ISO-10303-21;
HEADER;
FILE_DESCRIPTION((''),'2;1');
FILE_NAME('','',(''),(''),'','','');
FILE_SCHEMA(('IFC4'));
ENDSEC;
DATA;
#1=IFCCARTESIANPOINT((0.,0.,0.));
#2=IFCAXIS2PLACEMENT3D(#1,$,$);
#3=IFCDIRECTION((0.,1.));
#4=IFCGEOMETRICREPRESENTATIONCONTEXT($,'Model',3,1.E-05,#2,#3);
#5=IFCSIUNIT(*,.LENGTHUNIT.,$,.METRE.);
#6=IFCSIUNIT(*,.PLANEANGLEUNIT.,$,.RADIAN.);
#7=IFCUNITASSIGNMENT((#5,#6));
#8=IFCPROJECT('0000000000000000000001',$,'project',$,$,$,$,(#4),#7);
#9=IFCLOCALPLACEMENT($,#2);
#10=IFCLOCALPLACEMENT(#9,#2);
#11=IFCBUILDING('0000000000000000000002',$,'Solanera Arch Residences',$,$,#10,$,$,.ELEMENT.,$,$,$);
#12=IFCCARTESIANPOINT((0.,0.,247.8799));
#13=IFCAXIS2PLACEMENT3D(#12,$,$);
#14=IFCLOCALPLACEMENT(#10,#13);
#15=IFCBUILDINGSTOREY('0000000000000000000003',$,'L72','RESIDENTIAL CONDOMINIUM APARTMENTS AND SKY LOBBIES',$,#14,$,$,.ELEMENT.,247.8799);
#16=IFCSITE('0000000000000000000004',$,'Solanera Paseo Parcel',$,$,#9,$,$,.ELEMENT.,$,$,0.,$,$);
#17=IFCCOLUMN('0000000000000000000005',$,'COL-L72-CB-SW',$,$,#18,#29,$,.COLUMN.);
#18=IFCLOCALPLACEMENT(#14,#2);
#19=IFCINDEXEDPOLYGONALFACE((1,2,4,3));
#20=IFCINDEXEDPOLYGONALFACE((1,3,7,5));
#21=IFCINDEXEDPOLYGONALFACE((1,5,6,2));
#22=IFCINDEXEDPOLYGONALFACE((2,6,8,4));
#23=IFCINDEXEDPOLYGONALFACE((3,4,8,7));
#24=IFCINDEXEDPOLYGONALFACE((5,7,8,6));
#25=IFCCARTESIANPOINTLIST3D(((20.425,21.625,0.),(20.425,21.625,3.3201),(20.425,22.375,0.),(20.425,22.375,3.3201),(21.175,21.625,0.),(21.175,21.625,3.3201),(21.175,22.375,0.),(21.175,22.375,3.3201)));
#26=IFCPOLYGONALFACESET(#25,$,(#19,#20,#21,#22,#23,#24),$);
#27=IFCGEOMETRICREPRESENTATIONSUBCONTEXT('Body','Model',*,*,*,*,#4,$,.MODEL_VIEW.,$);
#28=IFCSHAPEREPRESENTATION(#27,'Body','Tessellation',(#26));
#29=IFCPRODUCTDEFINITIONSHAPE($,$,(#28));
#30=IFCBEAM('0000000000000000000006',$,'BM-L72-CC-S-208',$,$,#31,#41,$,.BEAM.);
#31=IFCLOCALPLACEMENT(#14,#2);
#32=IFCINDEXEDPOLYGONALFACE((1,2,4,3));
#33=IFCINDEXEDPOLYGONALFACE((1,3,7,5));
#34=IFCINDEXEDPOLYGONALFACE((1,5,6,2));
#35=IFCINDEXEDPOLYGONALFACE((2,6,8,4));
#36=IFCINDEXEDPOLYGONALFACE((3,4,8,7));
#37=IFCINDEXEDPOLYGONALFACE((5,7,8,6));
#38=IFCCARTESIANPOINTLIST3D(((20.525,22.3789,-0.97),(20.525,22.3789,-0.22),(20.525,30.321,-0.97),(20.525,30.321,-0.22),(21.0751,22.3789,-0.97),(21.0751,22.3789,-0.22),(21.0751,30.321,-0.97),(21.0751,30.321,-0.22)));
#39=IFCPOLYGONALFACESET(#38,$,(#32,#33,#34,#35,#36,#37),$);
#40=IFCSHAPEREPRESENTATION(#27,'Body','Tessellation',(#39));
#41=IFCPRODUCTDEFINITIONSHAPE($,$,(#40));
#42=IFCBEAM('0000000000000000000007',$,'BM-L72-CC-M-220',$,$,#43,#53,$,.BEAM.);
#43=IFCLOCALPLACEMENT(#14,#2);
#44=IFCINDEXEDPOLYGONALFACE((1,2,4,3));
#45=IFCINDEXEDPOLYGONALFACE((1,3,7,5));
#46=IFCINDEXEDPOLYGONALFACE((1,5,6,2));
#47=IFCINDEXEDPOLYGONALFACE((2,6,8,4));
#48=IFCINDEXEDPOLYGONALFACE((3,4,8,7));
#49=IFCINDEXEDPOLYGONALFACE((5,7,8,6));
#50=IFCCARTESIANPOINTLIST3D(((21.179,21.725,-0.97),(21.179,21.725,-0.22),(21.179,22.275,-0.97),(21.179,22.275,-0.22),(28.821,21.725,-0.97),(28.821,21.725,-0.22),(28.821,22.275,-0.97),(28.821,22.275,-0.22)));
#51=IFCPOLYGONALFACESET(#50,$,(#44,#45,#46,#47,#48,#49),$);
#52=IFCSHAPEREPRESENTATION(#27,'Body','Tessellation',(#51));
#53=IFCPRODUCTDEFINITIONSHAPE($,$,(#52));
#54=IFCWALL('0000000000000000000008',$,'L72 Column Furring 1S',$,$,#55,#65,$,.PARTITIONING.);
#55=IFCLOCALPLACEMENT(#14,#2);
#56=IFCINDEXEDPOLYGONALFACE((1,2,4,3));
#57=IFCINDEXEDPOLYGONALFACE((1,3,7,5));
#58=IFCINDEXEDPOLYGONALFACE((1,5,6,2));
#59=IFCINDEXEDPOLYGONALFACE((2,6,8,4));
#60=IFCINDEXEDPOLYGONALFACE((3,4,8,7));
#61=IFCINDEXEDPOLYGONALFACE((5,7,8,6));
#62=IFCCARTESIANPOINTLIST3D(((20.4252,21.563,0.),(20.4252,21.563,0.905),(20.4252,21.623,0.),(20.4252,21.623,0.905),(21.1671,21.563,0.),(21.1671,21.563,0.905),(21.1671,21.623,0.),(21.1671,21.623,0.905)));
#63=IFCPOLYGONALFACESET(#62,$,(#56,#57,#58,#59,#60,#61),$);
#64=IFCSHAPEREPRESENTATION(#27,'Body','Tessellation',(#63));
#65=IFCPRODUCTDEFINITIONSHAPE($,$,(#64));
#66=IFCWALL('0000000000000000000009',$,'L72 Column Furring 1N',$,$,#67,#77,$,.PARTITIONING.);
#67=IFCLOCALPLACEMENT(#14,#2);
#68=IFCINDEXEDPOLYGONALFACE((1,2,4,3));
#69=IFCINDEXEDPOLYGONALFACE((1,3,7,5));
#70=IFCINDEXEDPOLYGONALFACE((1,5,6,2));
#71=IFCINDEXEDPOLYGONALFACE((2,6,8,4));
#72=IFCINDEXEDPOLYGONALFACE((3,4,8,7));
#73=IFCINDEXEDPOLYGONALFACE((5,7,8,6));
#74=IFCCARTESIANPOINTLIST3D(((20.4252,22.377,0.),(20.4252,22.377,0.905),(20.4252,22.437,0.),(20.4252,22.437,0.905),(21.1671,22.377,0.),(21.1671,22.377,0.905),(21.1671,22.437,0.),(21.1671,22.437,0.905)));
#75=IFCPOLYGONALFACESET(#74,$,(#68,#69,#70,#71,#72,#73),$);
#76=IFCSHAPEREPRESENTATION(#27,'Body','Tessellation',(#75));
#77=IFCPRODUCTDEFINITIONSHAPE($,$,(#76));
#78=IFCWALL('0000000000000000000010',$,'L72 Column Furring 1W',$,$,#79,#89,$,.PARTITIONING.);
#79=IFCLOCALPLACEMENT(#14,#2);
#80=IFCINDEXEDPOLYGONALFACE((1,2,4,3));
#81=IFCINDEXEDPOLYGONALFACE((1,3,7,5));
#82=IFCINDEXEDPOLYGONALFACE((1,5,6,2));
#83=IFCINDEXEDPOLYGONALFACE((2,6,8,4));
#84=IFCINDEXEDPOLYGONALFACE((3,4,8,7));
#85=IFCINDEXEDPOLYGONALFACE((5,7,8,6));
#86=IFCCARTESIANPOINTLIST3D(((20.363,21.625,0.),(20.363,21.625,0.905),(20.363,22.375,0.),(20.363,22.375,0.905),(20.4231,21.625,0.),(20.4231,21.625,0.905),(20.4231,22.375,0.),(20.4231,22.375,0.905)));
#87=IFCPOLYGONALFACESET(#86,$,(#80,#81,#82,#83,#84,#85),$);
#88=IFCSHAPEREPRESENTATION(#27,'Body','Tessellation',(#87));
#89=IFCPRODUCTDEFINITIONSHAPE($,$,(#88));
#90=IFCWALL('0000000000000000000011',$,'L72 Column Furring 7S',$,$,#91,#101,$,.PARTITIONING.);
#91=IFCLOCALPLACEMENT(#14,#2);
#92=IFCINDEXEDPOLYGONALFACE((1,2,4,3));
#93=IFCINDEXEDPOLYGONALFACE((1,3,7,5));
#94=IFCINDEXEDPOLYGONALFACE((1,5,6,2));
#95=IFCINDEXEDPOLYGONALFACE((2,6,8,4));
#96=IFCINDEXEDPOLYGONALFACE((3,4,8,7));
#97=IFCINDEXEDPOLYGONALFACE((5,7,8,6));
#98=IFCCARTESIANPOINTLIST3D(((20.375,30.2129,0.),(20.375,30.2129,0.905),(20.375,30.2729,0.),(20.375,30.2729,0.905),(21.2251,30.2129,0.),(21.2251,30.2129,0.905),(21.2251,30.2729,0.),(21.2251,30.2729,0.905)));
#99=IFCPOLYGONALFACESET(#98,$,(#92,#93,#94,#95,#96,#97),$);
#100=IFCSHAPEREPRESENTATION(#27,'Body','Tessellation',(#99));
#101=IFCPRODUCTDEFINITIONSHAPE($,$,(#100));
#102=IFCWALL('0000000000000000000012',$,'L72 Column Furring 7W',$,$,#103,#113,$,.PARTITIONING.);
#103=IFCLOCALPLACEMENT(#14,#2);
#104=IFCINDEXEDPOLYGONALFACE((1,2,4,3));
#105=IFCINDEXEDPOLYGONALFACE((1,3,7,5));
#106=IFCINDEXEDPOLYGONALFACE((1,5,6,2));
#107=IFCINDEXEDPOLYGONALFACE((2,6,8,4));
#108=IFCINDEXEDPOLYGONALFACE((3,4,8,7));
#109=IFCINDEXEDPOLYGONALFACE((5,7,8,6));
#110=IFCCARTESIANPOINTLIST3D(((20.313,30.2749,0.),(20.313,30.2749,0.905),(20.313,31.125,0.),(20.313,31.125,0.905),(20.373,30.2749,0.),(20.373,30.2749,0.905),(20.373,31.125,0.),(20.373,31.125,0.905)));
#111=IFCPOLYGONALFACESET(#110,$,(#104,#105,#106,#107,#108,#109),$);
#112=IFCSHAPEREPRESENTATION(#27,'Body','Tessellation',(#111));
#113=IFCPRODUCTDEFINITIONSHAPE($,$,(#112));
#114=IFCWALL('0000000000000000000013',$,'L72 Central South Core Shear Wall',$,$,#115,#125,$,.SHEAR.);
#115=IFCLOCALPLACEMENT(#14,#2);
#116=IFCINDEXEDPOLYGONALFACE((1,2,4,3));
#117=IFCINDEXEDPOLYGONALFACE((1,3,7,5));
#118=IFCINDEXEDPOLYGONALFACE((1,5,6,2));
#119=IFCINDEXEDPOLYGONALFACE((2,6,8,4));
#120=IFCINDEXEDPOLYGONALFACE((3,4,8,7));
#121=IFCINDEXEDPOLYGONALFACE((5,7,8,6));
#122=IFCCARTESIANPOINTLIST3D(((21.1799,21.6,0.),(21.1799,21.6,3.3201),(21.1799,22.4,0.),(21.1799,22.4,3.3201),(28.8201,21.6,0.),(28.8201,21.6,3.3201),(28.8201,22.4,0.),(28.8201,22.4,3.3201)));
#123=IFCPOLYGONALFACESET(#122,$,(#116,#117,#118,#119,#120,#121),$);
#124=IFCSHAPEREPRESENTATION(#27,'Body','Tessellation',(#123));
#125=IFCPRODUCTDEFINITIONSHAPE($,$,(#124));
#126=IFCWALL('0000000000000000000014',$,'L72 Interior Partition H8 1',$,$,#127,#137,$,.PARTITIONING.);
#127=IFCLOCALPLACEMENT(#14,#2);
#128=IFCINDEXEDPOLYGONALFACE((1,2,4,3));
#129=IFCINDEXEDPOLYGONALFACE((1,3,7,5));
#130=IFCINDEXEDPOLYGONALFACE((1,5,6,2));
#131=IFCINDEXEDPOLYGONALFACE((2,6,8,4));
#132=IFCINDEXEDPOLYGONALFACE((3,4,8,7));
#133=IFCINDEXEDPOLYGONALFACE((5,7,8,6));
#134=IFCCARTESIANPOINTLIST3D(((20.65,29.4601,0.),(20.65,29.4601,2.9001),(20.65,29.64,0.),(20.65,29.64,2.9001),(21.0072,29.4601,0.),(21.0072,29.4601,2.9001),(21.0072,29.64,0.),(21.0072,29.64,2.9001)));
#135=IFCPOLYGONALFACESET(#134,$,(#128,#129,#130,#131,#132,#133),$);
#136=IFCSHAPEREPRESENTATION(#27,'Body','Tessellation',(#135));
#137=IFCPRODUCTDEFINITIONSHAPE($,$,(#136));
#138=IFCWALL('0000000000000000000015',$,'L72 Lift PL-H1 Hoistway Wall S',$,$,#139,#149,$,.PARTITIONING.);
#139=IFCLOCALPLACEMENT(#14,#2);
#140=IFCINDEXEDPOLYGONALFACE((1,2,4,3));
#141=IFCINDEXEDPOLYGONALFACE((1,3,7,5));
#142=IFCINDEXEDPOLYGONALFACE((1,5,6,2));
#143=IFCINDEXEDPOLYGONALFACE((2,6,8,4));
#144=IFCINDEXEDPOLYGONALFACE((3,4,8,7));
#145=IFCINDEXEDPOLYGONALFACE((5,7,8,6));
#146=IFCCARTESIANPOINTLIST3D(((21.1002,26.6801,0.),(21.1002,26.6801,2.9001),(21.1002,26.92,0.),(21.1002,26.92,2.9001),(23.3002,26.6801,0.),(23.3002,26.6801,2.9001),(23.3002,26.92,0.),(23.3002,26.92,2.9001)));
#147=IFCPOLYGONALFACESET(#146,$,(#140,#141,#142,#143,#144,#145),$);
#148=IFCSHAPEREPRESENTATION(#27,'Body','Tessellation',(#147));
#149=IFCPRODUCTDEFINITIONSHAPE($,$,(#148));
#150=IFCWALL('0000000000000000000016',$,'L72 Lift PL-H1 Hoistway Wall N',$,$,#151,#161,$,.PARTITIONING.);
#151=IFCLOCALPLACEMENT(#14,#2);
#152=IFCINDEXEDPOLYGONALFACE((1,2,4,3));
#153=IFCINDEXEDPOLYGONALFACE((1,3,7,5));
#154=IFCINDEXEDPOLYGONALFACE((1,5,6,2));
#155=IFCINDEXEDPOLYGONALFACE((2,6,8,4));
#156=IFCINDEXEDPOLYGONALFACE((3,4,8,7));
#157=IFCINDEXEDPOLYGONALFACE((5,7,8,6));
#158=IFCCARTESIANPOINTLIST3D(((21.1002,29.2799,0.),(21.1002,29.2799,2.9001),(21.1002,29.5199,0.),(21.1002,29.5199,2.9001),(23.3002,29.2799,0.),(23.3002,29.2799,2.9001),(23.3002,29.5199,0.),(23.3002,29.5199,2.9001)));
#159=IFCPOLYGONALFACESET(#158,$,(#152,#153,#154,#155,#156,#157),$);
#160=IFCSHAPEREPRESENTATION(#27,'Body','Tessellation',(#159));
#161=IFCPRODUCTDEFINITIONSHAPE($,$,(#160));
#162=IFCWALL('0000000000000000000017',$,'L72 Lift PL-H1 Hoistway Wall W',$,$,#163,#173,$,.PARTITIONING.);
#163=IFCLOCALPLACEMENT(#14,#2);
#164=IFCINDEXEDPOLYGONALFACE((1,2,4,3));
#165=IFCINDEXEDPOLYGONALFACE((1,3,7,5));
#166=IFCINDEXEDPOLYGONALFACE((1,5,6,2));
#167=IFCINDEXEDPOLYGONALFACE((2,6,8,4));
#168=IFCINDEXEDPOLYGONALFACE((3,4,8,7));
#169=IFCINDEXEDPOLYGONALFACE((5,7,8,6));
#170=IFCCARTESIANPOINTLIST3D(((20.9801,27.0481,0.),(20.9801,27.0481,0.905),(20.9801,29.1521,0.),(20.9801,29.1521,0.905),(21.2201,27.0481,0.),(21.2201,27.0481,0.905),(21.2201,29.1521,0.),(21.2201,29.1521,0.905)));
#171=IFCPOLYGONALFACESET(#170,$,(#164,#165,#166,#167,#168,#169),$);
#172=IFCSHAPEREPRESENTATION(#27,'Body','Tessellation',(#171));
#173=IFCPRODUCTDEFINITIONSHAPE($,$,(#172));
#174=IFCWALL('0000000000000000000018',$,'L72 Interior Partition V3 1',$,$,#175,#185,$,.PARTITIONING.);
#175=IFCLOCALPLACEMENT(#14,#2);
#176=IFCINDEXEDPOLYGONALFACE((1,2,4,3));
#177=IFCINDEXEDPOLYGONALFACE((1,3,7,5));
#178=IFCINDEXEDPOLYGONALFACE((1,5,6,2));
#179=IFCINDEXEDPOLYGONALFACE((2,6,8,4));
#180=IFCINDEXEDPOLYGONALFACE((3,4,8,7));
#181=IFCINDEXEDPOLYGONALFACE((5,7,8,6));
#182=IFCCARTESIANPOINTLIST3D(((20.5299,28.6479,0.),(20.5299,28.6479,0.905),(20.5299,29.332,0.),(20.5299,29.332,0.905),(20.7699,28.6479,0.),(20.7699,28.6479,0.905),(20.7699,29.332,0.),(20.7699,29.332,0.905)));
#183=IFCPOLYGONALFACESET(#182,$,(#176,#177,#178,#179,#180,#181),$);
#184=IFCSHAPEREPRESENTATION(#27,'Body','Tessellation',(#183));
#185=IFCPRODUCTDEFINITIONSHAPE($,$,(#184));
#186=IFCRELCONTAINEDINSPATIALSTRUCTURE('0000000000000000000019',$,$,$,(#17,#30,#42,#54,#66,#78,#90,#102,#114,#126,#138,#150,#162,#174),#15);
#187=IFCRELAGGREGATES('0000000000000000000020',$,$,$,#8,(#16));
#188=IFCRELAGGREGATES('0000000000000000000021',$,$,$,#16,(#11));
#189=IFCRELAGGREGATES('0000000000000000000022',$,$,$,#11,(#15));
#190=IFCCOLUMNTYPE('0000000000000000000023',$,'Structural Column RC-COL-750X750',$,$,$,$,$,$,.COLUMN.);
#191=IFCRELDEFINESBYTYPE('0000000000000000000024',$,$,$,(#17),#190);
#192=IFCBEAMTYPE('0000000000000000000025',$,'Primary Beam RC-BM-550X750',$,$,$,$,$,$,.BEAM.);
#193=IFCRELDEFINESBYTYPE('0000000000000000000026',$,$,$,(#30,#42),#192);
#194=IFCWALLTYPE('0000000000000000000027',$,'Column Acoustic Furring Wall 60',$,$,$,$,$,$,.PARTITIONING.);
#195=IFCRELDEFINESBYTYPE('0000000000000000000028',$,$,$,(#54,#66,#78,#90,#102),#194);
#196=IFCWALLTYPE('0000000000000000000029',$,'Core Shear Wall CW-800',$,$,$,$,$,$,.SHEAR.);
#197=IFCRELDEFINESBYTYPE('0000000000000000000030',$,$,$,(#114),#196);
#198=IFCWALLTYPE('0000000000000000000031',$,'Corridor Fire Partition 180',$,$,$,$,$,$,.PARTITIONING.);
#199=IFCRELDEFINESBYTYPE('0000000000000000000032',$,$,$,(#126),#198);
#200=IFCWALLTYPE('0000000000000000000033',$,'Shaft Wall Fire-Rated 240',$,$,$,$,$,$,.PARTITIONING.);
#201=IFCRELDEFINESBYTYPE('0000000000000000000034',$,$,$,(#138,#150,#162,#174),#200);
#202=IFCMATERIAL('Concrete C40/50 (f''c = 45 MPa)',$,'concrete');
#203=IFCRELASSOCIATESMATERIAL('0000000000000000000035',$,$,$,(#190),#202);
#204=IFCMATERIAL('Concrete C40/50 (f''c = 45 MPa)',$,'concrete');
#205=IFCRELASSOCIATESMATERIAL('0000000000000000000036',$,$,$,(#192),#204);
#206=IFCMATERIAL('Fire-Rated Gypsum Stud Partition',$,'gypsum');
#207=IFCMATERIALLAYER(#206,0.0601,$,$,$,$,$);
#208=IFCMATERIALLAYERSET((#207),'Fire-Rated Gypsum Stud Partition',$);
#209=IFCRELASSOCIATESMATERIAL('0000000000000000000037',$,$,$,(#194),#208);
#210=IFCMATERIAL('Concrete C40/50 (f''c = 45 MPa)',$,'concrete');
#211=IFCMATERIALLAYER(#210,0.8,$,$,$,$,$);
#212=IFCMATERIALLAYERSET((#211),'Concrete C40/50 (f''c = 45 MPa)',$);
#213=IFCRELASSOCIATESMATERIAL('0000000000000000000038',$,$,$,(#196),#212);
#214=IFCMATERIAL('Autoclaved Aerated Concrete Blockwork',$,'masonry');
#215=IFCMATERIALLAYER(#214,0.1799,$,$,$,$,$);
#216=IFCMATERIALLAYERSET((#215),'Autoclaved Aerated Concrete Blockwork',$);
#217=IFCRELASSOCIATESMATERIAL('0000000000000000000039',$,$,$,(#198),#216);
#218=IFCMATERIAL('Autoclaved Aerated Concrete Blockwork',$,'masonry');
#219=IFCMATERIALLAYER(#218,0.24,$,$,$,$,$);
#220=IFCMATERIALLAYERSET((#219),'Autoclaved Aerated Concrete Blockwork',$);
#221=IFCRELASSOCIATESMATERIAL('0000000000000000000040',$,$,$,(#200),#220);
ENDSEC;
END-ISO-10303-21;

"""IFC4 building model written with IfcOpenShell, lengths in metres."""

from ifc_helpers import new_model, si_unit, direction, frame, frame_2d, origin, origin_2d, place, context, subcontext, project, spatial, rectangle, extrude, material, layer, layer_set, material_profile, profile_set, type_object, element, save


model = new_model("IFC4")

# Units and contexts
model_context = context("Model", 3, precision=1e-05, world=origin(), true_north=direction((0.0, 1.0)))
body_context = subcontext(model_context, "Body", "Model", "MODEL_VIEW")
ifc_project = project(units=[si_unit("LENGTHUNIT", "METRE"), si_unit("PLANEANGLEUNIT", "RADIAN")], contexts=[model_context])

# Site, building, storey
site_placement = place(None, origin())
site = spatial("IfcSite", under=ifc_project, at=site_placement, Name="Solanera Paseo Parcel", CompositionType="ELEMENT", RefElevation=0.0)
building_placement = place(site_placement, origin())
building = spatial("IfcBuilding", under=site, at=building_placement, Name="Solanera Arch Residences", CompositionType="ELEMENT")
storey_placement = place(building_placement, frame((0.0, 0.0, 247.8799)))
storey = spatial("IfcBuildingStorey", under=building, at=storey_placement, Name="L72", Description="RESIDENTIAL CONDOMINIUM APARTMENTS AND SKY LOBBIES", CompositionType="ELEMENT", Elevation=247.8799)

# Column
ifc_material_1 = material(Name="Concrete C40/50 (f'c = 45 MPa)", Category="concrete")
ifc_material_profile_1 = material_profile(ifc_material_1, rectangle(XDim=0.75, YDim=0.75, at=origin_2d()))
ifc_profile_set_1 = profile_set([ifc_material_profile_1], Name="Concrete C40/50 (f'c = 45 MPa)")
column_type = type_object("IfcColumnType", Name="Structural Column RC-COL-750X750", PredefinedType="COLUMN", material=ifc_profile_set_1)
column_placement = place(storey_placement, frame((20.8, 22.0, 0.0), z_axis=(0.0, 0.0, 1.0), x_axis=(1.0, 0.0, 0.0)))
element("IfcColumn", 1, at=column_placement, inside=storey, type_object=column_type, Name="COL-L72-CB-SW", PredefinedType="COLUMN", context=body_context, shape_type="SweptSolid", body=[
    extrude(rectangle(XDim=0.75, YDim=0.75, at=origin_2d()), origin(), (0.0, 0.0, 1.0), 3.3201),
])

# Beams
ifc_material_2 = material(Name="Concrete C40/50 (f'c = 45 MPa)", Category="concrete")
ifc_material_profile_2 = material_profile(ifc_material_2, rectangle(XDim=0.55, YDim=0.75, at=origin_2d()))
ifc_profile_set_2 = profile_set([ifc_material_profile_2], Name="Concrete C40/50 (f'c = 45 MPa)")
beam_type = type_object("IfcBeamType", Name="Primary Beam RC-BM-550X750", PredefinedType="BEAM", material=ifc_profile_set_2)
beam_1_placement = place(storey_placement, frame((20.8, 22.3789, -0.595), z_axis=(0.0, 1.0, 0.0), x_axis=(-1.0, 0.0, 0.0)))
element("IfcBeam", 2, at=beam_1_placement, inside=storey, type_object=beam_type, Name="BM-L72-CC-S-208", PredefinedType="BEAM", context=body_context, shape_type="SweptSolid", body=[
    extrude(rectangle(XDim=0.55, YDim=0.75, at=origin_2d()), origin(), (0.0, 0.0, 1.0), 7.9421),
])
beam_2_placement = place(storey_placement, frame((21.179, 22.0, -0.595), z_axis=(1.0, 0.0, 0.0), x_axis=(0.0, 1.0, 0.0)))
element("IfcBeam", 3, at=beam_2_placement, inside=storey, type_object=beam_type, Name="BM-L72-CC-M-220", PredefinedType="BEAM", context=body_context, shape_type="SweptSolid", body=[
    extrude(rectangle(XDim=0.55, YDim=0.75, at=origin_2d()), origin(), (0.0, 0.0, 1.0), 7.6421),
])

# Walls
ifc_material_3 = material(Name="Fire-Rated Gypsum Stud Partition", Category="gypsum")
ifc_layer_1 = layer(ifc_material_3, 0.0601)
ifc_layer_set_1 = layer_set([ifc_layer_1], Name="Fire-Rated Gypsum Stud Partition")
wall_type_1 = type_object("IfcWallType", Name="Column Acoustic Furring Wall 60", PredefinedType="PARTITIONING", material=ifc_layer_set_1)
for number, where, z_axis, x_axis, name in (
    (4, (20.425, 21.593, 0.0), (0.0, 0.0, 1.0), (1.0, 0.0, 0.0), "L72 Column Furring 1S"),
    (5, (20.425, 22.407, 0.0), (0.0, 0.0, 1.0), (1.0, 0.0, 0.0), "L72 Column Furring 1N"),
):
    element("IfcWall", number, at=place(storey_placement, frame(where, z_axis=z_axis, x_axis=x_axis)), inside=storey, type_object=wall_type_1, Name=name, PredefinedType="PARTITIONING", context=body_context, shape_type="SweptSolid", body=[
        extrude(rectangle(XDim=0.7419, YDim=0.0601, at=frame_2d((0.3711, 0.0))), origin(), (0.0, 0.0, 1.0), 0.905),
    ])
wall_1_placement = place(storey_placement, frame((20.3931, 21.625, 0.0), z_axis=(0.0, 0.0, 1.0), x_axis=(0.0, 1.0, 0.0)))
element("IfcWall", 6, at=wall_1_placement, inside=storey, type_object=wall_type_1, Name="L72 Column Furring 1W", PredefinedType="PARTITIONING", context=body_context, shape_type="SweptSolid", body=[
    extrude(rectangle(XDim=0.75, YDim=0.0601, at=frame_2d((0.375, 0.0))), origin(), (0.0, 0.0, 1.0), 0.905),
])
for number, where, z_axis, x_axis, name in (
    (7, (20.375, 30.2429, 0.0), (0.0, 0.0, 1.0), (1.0, 0.0, 0.0), "L72 Column Furring 7S"),
    (8, (20.343, 30.2749, 0.0), (0.0, 0.0, 1.0), (0.0, 1.0, 0.0), "L72 Column Furring 7W"),
):
    element("IfcWall", number, at=place(storey_placement, frame(where, z_axis=z_axis, x_axis=x_axis)), inside=storey, type_object=wall_type_1, Name=name, PredefinedType="PARTITIONING", context=body_context, shape_type="SweptSolid", body=[
        extrude(rectangle(XDim=0.8501, YDim=0.0601, at=frame_2d((0.425, 0.0))), origin(), (0.0, 0.0, 1.0), 0.905),
    ])

# Walls
ifc_material_4 = material(Name="Concrete C40/50 (f'c = 45 MPa)", Category="concrete")
ifc_layer_2 = layer(ifc_material_4, 0.8)
ifc_layer_set_2 = layer_set([ifc_layer_2], Name="Concrete C40/50 (f'c = 45 MPa)")
wall_type_2 = type_object("IfcWallType", Name="Core Shear Wall CW-800", PredefinedType="SHEAR", material=ifc_layer_set_2)
wall_2_placement = place(storey_placement, frame((21.1799, 22.0, 0.0), z_axis=(0.0, 0.0, 1.0), x_axis=(1.0, 0.0, 0.0)))
element("IfcWall", 9, at=wall_2_placement, inside=storey, type_object=wall_type_2, Name="L72 Central South Core Shear Wall", PredefinedType="SHEAR", context=body_context, shape_type="SweptSolid", body=[
    extrude(rectangle(XDim=7.6401, YDim=0.8, at=frame_2d((3.8201, 0.0))), origin(), (0.0, 0.0, 1.0), 3.3201),
])
ifc_material_5 = material(Name="Autoclaved Aerated Concrete Blockwork", Category="masonry")
ifc_layer_3 = layer(ifc_material_5, 0.1799)
ifc_layer_set_3 = layer_set([ifc_layer_3], Name="Autoclaved Aerated Concrete Blockwork")
wall_type_3 = type_object("IfcWallType", Name="Corridor Fire Partition 180", PredefinedType="PARTITIONING", material=ifc_layer_set_3)
wall_3_placement = place(storey_placement, frame((20.6499, 29.55, 0.0), z_axis=(0.0, 0.0, 1.0), x_axis=(1.0, 0.0, 0.0)))
element("IfcWall", 10, at=wall_3_placement, inside=storey, type_object=wall_type_3, Name="L72 Interior Partition H8 1", PredefinedType="PARTITIONING", context=body_context, shape_type="SweptSolid", body=[
    extrude(rectangle(XDim=0.3572, YDim=0.1799, at=frame_2d((0.1787, 0.0))), origin(), (0.0, 0.0, 1.0), 2.9001),
])
ifc_material_6 = material(Name="Autoclaved Aerated Concrete Blockwork", Category="masonry")
ifc_layer_4 = layer(ifc_material_6, 0.24)
ifc_layer_set_4 = layer_set([ifc_layer_4], Name="Autoclaved Aerated Concrete Blockwork")
wall_type_4 = type_object("IfcWallType", Name="Shaft Wall Fire-Rated 240", PredefinedType="PARTITIONING", material=ifc_layer_set_4)
for number, where, z_axis, x_axis, name in (
    (11, (21.1001, 26.8, 0.0), (0.0, 0.0, 1.0), (1.0, 0.0, 0.0), "L72 Lift PL-H1 Hoistway Wall S"),
    (12, (21.1001, 29.3999, 0.0), (0.0, 0.0, 1.0), (1.0, 0.0, 0.0), "L72 Lift PL-H1 Hoistway Wall N"),
):
    element("IfcWall", number, at=place(storey_placement, frame(where, z_axis=z_axis, x_axis=x_axis)), inside=storey, type_object=wall_type_4, Name=name, PredefinedType="PARTITIONING", context=body_context, shape_type="SweptSolid", body=[
        extrude(rectangle(XDim=2.2, YDim=0.24, at=frame_2d((1.1001, 0.0))), origin(), (0.0, 0.0, 1.0), 2.9001),
    ])
wall_4_placement = place(storey_placement, frame((21.1001, 27.0481, 0.0), z_axis=(0.0, 0.0, 1.0), x_axis=(0.0, 1.0, 0.0)))
element("IfcWall", 13, at=wall_4_placement, inside=storey, type_object=wall_type_4, Name="L72 Lift PL-H1 Hoistway Wall W", PredefinedType="PARTITIONING", context=body_context, shape_type="SweptSolid", body=[
    extrude(rectangle(XDim=2.104, YDim=0.24, at=frame_2d((1.052, 0.0))), origin(), (0.0, 0.0, 1.0), 0.905),
])

# Wall
wall_5_placement = place(storey_placement, frame((20.6499, 28.6479, 0.0), z_axis=(0.0, 0.0, 1.0), x_axis=(0.0, 1.0, 0.0)))
element("IfcWall", 14, at=wall_5_placement, inside=storey, type_object=wall_type_4, Name="L72 Interior Partition V3 1", PredefinedType="PARTITIONING", context=body_context, shape_type="SweptSolid", body=[
    extrude(rectangle(XDim=0.6841, YDim=0.24, at=frame_2d((0.342, 0.0))), origin(), (0.0, 0.0, 1.0), 0.905),
])

save(model, "model.ifc")
